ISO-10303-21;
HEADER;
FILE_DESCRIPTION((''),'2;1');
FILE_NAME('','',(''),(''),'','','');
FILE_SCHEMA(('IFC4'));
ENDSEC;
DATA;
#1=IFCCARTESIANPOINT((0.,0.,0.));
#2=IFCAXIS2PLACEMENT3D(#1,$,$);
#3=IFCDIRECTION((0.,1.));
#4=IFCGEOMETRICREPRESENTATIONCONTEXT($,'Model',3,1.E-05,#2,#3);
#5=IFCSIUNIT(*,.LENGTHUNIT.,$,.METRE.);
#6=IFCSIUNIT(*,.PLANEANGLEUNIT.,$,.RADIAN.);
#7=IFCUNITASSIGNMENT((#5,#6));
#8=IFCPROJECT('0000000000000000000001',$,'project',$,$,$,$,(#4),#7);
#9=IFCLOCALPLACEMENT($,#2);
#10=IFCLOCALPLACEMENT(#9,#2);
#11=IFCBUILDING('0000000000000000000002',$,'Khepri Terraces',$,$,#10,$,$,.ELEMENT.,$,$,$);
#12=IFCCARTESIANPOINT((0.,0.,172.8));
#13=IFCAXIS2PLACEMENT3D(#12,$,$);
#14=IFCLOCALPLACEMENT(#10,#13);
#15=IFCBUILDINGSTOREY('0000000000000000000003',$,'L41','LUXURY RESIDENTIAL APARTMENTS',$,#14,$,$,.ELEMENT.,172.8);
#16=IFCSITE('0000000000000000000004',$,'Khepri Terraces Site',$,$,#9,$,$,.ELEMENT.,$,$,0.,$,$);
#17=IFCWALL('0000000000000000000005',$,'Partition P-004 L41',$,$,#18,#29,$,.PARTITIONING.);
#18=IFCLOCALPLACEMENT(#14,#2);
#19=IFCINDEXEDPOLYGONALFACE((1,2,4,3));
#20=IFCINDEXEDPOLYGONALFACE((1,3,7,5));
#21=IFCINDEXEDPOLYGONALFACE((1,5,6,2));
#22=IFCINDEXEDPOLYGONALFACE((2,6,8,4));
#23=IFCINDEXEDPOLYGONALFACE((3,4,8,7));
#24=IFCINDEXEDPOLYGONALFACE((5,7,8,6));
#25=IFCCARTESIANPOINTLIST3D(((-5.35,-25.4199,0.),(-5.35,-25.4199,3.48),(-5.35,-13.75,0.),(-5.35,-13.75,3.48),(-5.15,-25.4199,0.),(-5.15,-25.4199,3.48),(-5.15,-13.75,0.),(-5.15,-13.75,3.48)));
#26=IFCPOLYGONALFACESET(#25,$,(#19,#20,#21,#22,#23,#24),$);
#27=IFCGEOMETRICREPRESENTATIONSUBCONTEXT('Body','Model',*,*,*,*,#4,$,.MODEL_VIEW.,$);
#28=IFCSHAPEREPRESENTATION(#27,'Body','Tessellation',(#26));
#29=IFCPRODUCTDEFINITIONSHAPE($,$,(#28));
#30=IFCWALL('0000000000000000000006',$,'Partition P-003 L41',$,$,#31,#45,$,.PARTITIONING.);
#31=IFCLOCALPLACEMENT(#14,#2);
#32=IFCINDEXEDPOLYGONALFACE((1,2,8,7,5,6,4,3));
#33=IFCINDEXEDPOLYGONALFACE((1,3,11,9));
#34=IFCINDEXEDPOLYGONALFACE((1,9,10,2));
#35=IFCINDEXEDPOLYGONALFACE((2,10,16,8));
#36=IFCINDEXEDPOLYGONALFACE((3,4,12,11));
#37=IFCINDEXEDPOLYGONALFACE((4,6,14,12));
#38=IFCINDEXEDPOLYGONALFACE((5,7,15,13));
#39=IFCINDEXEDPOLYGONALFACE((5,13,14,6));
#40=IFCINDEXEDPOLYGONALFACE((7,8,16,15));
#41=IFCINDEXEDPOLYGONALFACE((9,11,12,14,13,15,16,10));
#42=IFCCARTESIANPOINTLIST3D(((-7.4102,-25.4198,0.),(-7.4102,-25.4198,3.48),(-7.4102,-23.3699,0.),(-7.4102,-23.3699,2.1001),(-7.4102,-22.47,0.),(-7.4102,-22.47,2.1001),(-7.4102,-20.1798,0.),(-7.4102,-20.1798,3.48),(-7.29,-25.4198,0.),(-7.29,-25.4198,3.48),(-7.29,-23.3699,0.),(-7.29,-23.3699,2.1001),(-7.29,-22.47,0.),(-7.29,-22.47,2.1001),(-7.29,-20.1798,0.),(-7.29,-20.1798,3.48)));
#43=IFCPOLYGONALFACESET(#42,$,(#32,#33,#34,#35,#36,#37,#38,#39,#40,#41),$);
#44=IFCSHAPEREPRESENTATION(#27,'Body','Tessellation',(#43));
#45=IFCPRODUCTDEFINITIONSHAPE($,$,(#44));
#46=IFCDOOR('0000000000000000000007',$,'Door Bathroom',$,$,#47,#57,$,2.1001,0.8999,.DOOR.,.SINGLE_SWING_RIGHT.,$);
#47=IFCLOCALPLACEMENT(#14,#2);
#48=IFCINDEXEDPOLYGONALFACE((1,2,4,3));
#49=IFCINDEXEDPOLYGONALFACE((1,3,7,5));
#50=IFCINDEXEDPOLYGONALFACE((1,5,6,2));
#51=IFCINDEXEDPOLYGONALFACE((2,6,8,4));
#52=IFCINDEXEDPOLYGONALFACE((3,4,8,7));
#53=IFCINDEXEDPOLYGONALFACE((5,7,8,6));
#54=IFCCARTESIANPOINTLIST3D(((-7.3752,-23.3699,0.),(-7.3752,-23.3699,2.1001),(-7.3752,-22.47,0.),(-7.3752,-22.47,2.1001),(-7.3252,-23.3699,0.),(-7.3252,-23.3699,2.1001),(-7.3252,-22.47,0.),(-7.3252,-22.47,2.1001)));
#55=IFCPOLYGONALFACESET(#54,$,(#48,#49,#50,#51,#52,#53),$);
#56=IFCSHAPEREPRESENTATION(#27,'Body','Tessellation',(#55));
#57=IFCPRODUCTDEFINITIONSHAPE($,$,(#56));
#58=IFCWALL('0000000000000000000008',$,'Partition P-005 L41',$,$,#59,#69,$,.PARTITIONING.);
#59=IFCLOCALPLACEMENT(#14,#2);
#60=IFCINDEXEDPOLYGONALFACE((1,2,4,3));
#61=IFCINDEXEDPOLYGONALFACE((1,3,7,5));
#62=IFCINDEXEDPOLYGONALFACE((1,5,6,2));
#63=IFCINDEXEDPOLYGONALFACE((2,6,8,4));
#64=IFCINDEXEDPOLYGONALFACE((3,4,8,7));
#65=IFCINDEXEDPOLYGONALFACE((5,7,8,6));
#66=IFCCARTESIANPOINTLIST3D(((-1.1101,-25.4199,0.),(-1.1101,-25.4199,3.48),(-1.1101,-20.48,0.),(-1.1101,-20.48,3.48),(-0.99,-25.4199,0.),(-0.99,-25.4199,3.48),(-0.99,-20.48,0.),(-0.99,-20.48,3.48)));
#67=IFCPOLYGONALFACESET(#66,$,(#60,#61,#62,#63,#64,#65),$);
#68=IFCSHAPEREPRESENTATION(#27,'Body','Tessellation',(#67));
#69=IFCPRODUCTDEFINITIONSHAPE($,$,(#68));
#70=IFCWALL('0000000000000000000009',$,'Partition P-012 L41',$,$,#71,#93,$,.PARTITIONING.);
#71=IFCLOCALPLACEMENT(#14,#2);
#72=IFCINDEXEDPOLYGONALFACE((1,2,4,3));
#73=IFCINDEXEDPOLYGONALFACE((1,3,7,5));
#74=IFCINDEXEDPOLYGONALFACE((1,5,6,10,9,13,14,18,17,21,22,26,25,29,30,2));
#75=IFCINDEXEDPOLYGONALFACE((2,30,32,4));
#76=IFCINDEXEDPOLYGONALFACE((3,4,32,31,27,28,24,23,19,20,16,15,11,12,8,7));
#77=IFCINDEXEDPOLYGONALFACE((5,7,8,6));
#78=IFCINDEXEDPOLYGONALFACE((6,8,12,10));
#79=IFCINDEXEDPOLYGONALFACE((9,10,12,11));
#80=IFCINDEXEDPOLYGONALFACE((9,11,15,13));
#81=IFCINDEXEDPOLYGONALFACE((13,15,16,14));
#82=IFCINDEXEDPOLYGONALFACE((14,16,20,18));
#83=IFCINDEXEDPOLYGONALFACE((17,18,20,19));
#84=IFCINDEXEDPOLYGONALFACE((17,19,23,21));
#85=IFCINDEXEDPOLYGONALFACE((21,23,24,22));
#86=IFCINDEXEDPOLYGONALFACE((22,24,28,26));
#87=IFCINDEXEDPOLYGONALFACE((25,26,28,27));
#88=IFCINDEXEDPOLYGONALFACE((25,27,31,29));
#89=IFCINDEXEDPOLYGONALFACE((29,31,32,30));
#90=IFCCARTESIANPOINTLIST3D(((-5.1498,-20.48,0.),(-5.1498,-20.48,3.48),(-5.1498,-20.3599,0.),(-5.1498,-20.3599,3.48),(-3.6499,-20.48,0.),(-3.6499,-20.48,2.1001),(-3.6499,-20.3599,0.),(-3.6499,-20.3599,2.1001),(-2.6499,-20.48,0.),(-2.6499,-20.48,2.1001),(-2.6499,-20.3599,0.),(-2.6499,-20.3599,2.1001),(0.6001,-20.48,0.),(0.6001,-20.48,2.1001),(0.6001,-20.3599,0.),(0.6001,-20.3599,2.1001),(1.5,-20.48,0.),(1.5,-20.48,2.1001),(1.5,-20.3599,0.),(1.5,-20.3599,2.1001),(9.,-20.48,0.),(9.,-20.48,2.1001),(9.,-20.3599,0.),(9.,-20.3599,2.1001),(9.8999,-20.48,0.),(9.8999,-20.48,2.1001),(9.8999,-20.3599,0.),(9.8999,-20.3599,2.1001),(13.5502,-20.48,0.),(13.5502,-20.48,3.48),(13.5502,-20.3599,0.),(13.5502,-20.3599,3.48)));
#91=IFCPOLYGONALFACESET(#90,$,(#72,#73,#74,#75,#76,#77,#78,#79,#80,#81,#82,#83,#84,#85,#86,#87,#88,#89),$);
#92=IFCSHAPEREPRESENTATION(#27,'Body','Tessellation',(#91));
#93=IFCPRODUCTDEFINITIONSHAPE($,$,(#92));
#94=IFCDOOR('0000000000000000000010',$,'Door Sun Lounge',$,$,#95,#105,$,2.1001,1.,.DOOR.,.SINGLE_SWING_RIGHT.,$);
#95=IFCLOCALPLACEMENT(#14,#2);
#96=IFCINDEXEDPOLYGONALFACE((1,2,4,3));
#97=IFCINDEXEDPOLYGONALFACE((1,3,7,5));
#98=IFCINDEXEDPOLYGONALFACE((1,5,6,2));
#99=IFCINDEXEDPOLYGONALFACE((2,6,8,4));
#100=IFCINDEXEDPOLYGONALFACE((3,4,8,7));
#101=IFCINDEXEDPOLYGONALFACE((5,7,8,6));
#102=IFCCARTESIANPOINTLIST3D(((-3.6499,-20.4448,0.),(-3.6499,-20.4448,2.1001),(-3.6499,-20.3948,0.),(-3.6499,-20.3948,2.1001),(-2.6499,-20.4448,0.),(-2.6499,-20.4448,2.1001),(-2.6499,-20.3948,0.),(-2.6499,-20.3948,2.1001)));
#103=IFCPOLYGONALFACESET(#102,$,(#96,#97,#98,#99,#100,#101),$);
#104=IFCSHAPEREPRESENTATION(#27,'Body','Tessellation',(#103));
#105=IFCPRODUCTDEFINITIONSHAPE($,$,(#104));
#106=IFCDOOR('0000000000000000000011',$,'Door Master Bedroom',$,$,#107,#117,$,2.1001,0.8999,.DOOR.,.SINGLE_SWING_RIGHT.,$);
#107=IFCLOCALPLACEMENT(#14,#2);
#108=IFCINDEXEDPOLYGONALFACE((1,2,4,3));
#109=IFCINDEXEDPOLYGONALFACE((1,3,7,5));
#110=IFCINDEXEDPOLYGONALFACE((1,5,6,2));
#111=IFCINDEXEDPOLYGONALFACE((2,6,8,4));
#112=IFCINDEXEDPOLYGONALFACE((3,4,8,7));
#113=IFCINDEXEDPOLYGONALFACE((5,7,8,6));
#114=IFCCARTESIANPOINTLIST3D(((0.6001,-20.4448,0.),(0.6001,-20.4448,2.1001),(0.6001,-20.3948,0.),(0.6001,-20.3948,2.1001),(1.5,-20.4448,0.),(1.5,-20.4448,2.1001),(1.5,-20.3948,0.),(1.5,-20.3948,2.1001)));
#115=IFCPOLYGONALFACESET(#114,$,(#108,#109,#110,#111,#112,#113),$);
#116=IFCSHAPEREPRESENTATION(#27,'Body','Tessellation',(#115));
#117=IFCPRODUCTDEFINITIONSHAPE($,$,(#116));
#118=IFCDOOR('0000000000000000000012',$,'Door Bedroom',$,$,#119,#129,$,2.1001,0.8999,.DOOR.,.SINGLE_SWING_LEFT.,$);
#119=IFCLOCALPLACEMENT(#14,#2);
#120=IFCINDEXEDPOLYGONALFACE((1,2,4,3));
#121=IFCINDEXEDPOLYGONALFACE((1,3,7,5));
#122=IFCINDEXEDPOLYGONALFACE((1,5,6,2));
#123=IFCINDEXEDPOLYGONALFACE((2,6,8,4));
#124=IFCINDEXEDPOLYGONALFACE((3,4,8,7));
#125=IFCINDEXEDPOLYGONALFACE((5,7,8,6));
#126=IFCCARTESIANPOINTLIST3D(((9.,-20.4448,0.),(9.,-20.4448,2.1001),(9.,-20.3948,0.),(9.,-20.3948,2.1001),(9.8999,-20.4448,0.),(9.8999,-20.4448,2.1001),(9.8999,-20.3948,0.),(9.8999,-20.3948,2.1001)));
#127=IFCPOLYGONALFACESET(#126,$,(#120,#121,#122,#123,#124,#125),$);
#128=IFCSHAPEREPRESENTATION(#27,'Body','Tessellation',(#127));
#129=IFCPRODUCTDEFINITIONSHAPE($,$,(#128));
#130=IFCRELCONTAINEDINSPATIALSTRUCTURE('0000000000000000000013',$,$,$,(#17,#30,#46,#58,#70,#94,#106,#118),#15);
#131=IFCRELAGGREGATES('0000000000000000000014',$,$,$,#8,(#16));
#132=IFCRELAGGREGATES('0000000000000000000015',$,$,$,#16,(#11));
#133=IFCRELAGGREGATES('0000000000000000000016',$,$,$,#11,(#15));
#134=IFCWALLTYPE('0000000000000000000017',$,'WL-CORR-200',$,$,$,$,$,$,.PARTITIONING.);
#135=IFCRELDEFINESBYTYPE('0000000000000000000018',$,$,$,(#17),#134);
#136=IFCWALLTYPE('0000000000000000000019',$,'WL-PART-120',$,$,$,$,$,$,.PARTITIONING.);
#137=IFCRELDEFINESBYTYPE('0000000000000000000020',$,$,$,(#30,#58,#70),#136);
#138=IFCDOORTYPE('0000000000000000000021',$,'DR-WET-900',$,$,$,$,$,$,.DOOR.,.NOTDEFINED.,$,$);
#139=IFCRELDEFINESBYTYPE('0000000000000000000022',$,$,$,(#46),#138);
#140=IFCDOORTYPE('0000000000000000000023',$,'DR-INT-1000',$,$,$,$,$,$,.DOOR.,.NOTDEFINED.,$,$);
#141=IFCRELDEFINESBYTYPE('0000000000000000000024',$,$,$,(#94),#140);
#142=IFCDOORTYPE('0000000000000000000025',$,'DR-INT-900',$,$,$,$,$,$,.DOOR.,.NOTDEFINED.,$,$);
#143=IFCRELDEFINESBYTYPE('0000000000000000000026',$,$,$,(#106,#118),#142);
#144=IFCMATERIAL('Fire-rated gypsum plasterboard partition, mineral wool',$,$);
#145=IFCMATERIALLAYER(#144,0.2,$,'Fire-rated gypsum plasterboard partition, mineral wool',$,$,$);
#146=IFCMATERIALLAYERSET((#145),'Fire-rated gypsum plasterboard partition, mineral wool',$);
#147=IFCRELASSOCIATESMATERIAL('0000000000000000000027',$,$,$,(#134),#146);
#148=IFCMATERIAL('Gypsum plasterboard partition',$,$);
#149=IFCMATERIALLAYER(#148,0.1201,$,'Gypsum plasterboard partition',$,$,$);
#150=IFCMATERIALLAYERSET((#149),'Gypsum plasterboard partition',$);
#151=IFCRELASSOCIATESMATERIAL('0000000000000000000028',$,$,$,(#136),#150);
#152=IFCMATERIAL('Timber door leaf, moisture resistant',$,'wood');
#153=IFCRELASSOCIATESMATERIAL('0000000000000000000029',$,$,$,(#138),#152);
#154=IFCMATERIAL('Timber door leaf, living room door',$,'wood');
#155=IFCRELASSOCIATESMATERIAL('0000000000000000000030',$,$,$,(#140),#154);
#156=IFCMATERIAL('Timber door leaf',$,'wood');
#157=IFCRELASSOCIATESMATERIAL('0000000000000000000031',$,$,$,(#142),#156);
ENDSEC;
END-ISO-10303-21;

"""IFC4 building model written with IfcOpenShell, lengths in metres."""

from ifc_helpers import new_model, si_unit, direction, frame, frame_2d, origin, place, context, subcontext, project, spatial, rectangle, extrude, material, layer, layer_set, type_object, element, fill, save


model = new_model("IFC4")

# Units and contexts
model_context = context("Model", 3, precision=1e-05, world=origin(), true_north=direction((0.0, 1.0)))
body_context = subcontext(model_context, "Body", "Model", "MODEL_VIEW")
ifc_project = project(units=[si_unit("LENGTHUNIT", "METRE"), si_unit("PLANEANGLEUNIT", "RADIAN")], contexts=[model_context])

# Site, building, storey
site_placement = place(None, origin())
site = spatial("IfcSite", under=ifc_project, at=site_placement, Name="Khepri Terraces Site", CompositionType="ELEMENT", RefElevation=0.0)
building_placement = place(site_placement, origin())
building = spatial("IfcBuilding", under=site, at=building_placement, Name="Khepri Terraces", CompositionType="ELEMENT")
storey_placement = place(building_placement, frame((0.0, 0.0, 172.8)))
storey = spatial("IfcBuildingStorey", under=building, at=storey_placement, Name="L41", Description="LUXURY RESIDENTIAL APARTMENTS", CompositionType="ELEMENT", Elevation=172.8)

# Wall
ifc_material_1 = material(Name="Fire-rated gypsum plasterboard partition, mineral wool")
ifc_layer_1 = layer(ifc_material_1, 0.2, Name="Fire-rated gypsum plasterboard partition, mineral wool")
ifc_layer_set_1 = layer_set([ifc_layer_1], Name="Fire-rated gypsum plasterboard partition, mineral wool")
wall_type_1 = type_object("IfcWallType", Name="WL-CORR-200", PredefinedType="PARTITIONING", material=ifc_layer_set_1)
wall_1_placement = place(storey_placement, frame((-5.25, -25.4199, 0.0), z_axis=(0.0, 0.0, 1.0), x_axis=(0.0, 1.0, 0.0)))
element("IfcWall", 1, at=wall_1_placement, inside=storey, type_object=wall_type_1, Name="Partition P-004 L41", PredefinedType="PARTITIONING", context=body_context, shape_type="SweptSolid", body=[
    extrude(rectangle(XDim=11.6699, YDim=0.2, at=frame_2d((5.835, 0.0))), origin(), (0.0, 0.0, 1.0), 3.48),
])

# Wall, opening, door
ifc_material_2 = material(Name="Gypsum plasterboard partition")
ifc_layer_2 = layer(ifc_material_2, 0.1201, Name="Gypsum plasterboard partition")
ifc_layer_set_2 = layer_set([ifc_layer_2], Name="Gypsum plasterboard partition")
wall_type_2 = type_object("IfcWallType", Name="WL-PART-120", PredefinedType="PARTITIONING", material=ifc_layer_set_2)
wall_2_placement = place(storey_placement, frame((-7.3501, -25.4199, 0.0), z_axis=(0.0, 0.0, 1.0), x_axis=(0.0, 1.0, 0.0)))
wall_2 = element("IfcWall", 2, at=wall_2_placement, inside=storey, type_object=wall_type_2, Name="Partition P-003 L41", PredefinedType="PARTITIONING", context=body_context, shape_type="SweptSolid", body=[
    extrude(rectangle(XDim=5.24, YDim=0.1201, at=frame_2d((2.6201, 0.0))), origin(), (0.0, 0.0, 1.0), 3.48),
])
opening_1_placement = place(wall_2_placement, frame((2.05, 0.0, 0.0)))
opening_1 = element("IfcOpeningElement", 3, at=opening_1_placement, cuts=wall_2, PredefinedType="OPENING", context=body_context, shape_type="SweptSolid", body=[
    extrude(rectangle(XDim=0.8999, YDim=2.1001, at=frame_2d((0.45, 1.05))), frame((0.0, 0.0701, 0.0), z_axis=(0.0, -1.0, 0.0), x_axis=(1.0, 0.0, 0.0)), (0.0, 0.0, 1.0), 0.1401),
])
ifc_material_3 = material(Name="Timber door leaf, moisture resistant", Category="wood")
door_type_1 = type_object("IfcDoorType", Name="DR-WET-900", OperationType="NOTDEFINED", PredefinedType="DOOR", material=ifc_material_3)
door_1_placement = place(opening_1_placement, frame((0.8999, 0.0, 0.0), z_axis=(0.0, 0.0, 1.0), x_axis=(-1.0, 0.0, 0.0)))
door_1 = element("IfcDoor", 4, at=door_1_placement, inside=storey, type_object=door_type_1, Name="Door Bathroom", OperationType="SINGLE_SWING_RIGHT", OverallHeight=2.1001, OverallWidth=0.8999, PredefinedType="DOOR", context=body_context, shape_type="SweptSolid", body=[
    extrude(rectangle(XDim=0.8999, YDim=2.1001, at=frame_2d((0.45, 1.05))), frame((0.0, 0.0249, 0.0), z_axis=(0.0, -1.0, 0.0), x_axis=(1.0, 0.0, 0.0)), (0.0, 0.0, 1.0), 0.05),
])
fill(opening_1, door_1)

# Wall
wall_3_placement = place(storey_placement, frame((-1.05, -25.4199, 0.0), z_axis=(0.0, 0.0, 1.0), x_axis=(0.0, 1.0, 0.0)))
element("IfcWall", 5, at=wall_3_placement, inside=storey, type_object=wall_type_2, Name="Partition P-005 L41", PredefinedType="PARTITIONING", context=body_context, shape_type="SweptSolid", body=[
    extrude(rectangle(XDim=4.9399, YDim=0.1201, at=frame_2d((2.47, 0.0))), origin(), (0.0, 0.0, 1.0), 3.48),
])

# Wall, openings, doors
wall_4_placement = place(storey_placement, frame((-5.1499, -20.4199, 0.0), z_axis=(0.0, 0.0, 1.0), x_axis=(1.0, 0.0, 0.0)))
wall_4 = element("IfcWall", 6, at=wall_4_placement, inside=storey, type_object=wall_type_2, Name="Partition P-012 L41", PredefinedType="PARTITIONING", context=body_context, shape_type="SweptSolid", body=[
    extrude(rectangle(XDim=18.7, YDim=0.1201, at=frame_2d((9.3501, 0.0))), origin(), (0.0, 0.0, 1.0), 3.48),
])
opening_2_placement = place(wall_4_placement, frame((1.5, 0.0, 0.0)))
opening_2 = element("IfcOpeningElement", 7, at=opening_2_placement, cuts=wall_4, PredefinedType="OPENING", context=body_context, shape_type="SweptSolid", body=[
    extrude(rectangle(XDim=1.0, YDim=2.1001, at=frame_2d((0.5, 1.05))), frame((0.0, 0.0701, 0.0), z_axis=(0.0, -1.0, 0.0), x_axis=(1.0, 0.0, 0.0)), (0.0, 0.0, 1.0), 0.1401),
])
opening_3_placement = place(wall_4_placement, frame((5.75, 0.0, 0.0)))
opening_3 = element("IfcOpeningElement", 8, at=opening_3_placement, cuts=wall_4, PredefinedType="OPENING", context=body_context, shape_type="SweptSolid", body=[
    extrude(rectangle(XDim=0.8999, YDim=2.1001, at=frame_2d((0.45, 1.05))), frame((0.0, 0.0701, 0.0), z_axis=(0.0, -1.0, 0.0), x_axis=(1.0, 0.0, 0.0)), (0.0, 0.0, 1.0), 0.1401),
])
opening_4_placement = place(wall_4_placement, frame((14.1499, 0.0, 0.0)))
opening_4 = element("IfcOpeningElement", 9, at=opening_4_placement, cuts=wall_4, PredefinedType="OPENING", context=body_context, shape_type="SweptSolid", body=[
    extrude(rectangle(XDim=0.8999, YDim=2.1001, at=frame_2d((0.45, 1.05))), frame((0.0, 0.0701, 0.0), z_axis=(0.0, -1.0, 0.0), x_axis=(1.0, 0.0, 0.0)), (0.0, 0.0, 1.0), 0.1401),
])
ifc_material_4 = material(Name="Timber door leaf, living room door", Category="wood")
door_type_2 = type_object("IfcDoorType", Name="DR-INT-1000", OperationType="NOTDEFINED", PredefinedType="DOOR", material=ifc_material_4)
door_2_placement = place(opening_2_placement, frame((1.0, 0.0, 0.0), z_axis=(0.0, 0.0, 1.0), x_axis=(-1.0, 0.0, 0.0)))
door_2 = element("IfcDoor", 10, at=door_2_placement, inside=storey, type_object=door_type_2, Name="Door Sun Lounge", OperationType="SINGLE_SWING_RIGHT", OverallHeight=2.1001, OverallWidth=1.0, PredefinedType="DOOR", context=body_context, shape_type="SweptSolid", body=[
    extrude(rectangle(XDim=1.0, YDim=2.1001, at=frame_2d((0.5, 1.05))), frame((0.0, 0.0249, 0.0), z_axis=(0.0, -1.0, 0.0), x_axis=(1.0, 0.0, 0.0)), (0.0, 0.0, 1.0), 0.05),
])
fill(opening_2, door_2)
ifc_material_5 = material(Name="Timber door leaf", Category="wood")
door_type_3 = type_object("IfcDoorType", Name="DR-INT-900", OperationType="NOTDEFINED", PredefinedType="DOOR", material=ifc_material_5)
door_3_placement = place(opening_3_placement, frame((0.8999, 0.0, 0.0), z_axis=(0.0, 0.0, 1.0), x_axis=(-1.0, 0.0, 0.0)))
door_3 = element("IfcDoor", 11, at=door_3_placement, inside=storey, type_object=door_type_3, Name="Door Master Bedroom", OperationType="SINGLE_SWING_RIGHT", OverallHeight=2.1001, OverallWidth=0.8999, PredefinedType="DOOR", context=body_context, shape_type="SweptSolid", body=[
    extrude(rectangle(XDim=0.8999, YDim=2.1001, at=frame_2d((0.45, 1.05))), frame((0.0, 0.0249, 0.0), z_axis=(0.0, -1.0, 0.0), x_axis=(1.0, 0.0, 0.0)), (0.0, 0.0, 1.0), 0.05),
])
fill(opening_3, door_3)
door_4_placement = place(opening_4_placement, frame((0.8999, 0.0, 0.0), z_axis=(0.0, 0.0, 1.0), x_axis=(-1.0, 0.0, 0.0)))
door_4 = element("IfcDoor", 12, at=door_4_placement, inside=storey, type_object=door_type_3, Name="Door Bedroom", OperationType="SINGLE_SWING_LEFT", OverallHeight=2.1001, OverallWidth=0.8999, PredefinedType="DOOR", context=body_context, shape_type="SweptSolid", body=[
    extrude(rectangle(XDim=0.8999, YDim=2.1001, at=frame_2d((0.45, 1.05))), frame((0.0, 0.0249, 0.0), z_axis=(0.0, -1.0, 0.0), x_axis=(1.0, 0.0, 0.0)), (0.0, 0.0, 1.0), 0.05),
])
fill(opening_4, door_4)

save(model, "model.ifc")
